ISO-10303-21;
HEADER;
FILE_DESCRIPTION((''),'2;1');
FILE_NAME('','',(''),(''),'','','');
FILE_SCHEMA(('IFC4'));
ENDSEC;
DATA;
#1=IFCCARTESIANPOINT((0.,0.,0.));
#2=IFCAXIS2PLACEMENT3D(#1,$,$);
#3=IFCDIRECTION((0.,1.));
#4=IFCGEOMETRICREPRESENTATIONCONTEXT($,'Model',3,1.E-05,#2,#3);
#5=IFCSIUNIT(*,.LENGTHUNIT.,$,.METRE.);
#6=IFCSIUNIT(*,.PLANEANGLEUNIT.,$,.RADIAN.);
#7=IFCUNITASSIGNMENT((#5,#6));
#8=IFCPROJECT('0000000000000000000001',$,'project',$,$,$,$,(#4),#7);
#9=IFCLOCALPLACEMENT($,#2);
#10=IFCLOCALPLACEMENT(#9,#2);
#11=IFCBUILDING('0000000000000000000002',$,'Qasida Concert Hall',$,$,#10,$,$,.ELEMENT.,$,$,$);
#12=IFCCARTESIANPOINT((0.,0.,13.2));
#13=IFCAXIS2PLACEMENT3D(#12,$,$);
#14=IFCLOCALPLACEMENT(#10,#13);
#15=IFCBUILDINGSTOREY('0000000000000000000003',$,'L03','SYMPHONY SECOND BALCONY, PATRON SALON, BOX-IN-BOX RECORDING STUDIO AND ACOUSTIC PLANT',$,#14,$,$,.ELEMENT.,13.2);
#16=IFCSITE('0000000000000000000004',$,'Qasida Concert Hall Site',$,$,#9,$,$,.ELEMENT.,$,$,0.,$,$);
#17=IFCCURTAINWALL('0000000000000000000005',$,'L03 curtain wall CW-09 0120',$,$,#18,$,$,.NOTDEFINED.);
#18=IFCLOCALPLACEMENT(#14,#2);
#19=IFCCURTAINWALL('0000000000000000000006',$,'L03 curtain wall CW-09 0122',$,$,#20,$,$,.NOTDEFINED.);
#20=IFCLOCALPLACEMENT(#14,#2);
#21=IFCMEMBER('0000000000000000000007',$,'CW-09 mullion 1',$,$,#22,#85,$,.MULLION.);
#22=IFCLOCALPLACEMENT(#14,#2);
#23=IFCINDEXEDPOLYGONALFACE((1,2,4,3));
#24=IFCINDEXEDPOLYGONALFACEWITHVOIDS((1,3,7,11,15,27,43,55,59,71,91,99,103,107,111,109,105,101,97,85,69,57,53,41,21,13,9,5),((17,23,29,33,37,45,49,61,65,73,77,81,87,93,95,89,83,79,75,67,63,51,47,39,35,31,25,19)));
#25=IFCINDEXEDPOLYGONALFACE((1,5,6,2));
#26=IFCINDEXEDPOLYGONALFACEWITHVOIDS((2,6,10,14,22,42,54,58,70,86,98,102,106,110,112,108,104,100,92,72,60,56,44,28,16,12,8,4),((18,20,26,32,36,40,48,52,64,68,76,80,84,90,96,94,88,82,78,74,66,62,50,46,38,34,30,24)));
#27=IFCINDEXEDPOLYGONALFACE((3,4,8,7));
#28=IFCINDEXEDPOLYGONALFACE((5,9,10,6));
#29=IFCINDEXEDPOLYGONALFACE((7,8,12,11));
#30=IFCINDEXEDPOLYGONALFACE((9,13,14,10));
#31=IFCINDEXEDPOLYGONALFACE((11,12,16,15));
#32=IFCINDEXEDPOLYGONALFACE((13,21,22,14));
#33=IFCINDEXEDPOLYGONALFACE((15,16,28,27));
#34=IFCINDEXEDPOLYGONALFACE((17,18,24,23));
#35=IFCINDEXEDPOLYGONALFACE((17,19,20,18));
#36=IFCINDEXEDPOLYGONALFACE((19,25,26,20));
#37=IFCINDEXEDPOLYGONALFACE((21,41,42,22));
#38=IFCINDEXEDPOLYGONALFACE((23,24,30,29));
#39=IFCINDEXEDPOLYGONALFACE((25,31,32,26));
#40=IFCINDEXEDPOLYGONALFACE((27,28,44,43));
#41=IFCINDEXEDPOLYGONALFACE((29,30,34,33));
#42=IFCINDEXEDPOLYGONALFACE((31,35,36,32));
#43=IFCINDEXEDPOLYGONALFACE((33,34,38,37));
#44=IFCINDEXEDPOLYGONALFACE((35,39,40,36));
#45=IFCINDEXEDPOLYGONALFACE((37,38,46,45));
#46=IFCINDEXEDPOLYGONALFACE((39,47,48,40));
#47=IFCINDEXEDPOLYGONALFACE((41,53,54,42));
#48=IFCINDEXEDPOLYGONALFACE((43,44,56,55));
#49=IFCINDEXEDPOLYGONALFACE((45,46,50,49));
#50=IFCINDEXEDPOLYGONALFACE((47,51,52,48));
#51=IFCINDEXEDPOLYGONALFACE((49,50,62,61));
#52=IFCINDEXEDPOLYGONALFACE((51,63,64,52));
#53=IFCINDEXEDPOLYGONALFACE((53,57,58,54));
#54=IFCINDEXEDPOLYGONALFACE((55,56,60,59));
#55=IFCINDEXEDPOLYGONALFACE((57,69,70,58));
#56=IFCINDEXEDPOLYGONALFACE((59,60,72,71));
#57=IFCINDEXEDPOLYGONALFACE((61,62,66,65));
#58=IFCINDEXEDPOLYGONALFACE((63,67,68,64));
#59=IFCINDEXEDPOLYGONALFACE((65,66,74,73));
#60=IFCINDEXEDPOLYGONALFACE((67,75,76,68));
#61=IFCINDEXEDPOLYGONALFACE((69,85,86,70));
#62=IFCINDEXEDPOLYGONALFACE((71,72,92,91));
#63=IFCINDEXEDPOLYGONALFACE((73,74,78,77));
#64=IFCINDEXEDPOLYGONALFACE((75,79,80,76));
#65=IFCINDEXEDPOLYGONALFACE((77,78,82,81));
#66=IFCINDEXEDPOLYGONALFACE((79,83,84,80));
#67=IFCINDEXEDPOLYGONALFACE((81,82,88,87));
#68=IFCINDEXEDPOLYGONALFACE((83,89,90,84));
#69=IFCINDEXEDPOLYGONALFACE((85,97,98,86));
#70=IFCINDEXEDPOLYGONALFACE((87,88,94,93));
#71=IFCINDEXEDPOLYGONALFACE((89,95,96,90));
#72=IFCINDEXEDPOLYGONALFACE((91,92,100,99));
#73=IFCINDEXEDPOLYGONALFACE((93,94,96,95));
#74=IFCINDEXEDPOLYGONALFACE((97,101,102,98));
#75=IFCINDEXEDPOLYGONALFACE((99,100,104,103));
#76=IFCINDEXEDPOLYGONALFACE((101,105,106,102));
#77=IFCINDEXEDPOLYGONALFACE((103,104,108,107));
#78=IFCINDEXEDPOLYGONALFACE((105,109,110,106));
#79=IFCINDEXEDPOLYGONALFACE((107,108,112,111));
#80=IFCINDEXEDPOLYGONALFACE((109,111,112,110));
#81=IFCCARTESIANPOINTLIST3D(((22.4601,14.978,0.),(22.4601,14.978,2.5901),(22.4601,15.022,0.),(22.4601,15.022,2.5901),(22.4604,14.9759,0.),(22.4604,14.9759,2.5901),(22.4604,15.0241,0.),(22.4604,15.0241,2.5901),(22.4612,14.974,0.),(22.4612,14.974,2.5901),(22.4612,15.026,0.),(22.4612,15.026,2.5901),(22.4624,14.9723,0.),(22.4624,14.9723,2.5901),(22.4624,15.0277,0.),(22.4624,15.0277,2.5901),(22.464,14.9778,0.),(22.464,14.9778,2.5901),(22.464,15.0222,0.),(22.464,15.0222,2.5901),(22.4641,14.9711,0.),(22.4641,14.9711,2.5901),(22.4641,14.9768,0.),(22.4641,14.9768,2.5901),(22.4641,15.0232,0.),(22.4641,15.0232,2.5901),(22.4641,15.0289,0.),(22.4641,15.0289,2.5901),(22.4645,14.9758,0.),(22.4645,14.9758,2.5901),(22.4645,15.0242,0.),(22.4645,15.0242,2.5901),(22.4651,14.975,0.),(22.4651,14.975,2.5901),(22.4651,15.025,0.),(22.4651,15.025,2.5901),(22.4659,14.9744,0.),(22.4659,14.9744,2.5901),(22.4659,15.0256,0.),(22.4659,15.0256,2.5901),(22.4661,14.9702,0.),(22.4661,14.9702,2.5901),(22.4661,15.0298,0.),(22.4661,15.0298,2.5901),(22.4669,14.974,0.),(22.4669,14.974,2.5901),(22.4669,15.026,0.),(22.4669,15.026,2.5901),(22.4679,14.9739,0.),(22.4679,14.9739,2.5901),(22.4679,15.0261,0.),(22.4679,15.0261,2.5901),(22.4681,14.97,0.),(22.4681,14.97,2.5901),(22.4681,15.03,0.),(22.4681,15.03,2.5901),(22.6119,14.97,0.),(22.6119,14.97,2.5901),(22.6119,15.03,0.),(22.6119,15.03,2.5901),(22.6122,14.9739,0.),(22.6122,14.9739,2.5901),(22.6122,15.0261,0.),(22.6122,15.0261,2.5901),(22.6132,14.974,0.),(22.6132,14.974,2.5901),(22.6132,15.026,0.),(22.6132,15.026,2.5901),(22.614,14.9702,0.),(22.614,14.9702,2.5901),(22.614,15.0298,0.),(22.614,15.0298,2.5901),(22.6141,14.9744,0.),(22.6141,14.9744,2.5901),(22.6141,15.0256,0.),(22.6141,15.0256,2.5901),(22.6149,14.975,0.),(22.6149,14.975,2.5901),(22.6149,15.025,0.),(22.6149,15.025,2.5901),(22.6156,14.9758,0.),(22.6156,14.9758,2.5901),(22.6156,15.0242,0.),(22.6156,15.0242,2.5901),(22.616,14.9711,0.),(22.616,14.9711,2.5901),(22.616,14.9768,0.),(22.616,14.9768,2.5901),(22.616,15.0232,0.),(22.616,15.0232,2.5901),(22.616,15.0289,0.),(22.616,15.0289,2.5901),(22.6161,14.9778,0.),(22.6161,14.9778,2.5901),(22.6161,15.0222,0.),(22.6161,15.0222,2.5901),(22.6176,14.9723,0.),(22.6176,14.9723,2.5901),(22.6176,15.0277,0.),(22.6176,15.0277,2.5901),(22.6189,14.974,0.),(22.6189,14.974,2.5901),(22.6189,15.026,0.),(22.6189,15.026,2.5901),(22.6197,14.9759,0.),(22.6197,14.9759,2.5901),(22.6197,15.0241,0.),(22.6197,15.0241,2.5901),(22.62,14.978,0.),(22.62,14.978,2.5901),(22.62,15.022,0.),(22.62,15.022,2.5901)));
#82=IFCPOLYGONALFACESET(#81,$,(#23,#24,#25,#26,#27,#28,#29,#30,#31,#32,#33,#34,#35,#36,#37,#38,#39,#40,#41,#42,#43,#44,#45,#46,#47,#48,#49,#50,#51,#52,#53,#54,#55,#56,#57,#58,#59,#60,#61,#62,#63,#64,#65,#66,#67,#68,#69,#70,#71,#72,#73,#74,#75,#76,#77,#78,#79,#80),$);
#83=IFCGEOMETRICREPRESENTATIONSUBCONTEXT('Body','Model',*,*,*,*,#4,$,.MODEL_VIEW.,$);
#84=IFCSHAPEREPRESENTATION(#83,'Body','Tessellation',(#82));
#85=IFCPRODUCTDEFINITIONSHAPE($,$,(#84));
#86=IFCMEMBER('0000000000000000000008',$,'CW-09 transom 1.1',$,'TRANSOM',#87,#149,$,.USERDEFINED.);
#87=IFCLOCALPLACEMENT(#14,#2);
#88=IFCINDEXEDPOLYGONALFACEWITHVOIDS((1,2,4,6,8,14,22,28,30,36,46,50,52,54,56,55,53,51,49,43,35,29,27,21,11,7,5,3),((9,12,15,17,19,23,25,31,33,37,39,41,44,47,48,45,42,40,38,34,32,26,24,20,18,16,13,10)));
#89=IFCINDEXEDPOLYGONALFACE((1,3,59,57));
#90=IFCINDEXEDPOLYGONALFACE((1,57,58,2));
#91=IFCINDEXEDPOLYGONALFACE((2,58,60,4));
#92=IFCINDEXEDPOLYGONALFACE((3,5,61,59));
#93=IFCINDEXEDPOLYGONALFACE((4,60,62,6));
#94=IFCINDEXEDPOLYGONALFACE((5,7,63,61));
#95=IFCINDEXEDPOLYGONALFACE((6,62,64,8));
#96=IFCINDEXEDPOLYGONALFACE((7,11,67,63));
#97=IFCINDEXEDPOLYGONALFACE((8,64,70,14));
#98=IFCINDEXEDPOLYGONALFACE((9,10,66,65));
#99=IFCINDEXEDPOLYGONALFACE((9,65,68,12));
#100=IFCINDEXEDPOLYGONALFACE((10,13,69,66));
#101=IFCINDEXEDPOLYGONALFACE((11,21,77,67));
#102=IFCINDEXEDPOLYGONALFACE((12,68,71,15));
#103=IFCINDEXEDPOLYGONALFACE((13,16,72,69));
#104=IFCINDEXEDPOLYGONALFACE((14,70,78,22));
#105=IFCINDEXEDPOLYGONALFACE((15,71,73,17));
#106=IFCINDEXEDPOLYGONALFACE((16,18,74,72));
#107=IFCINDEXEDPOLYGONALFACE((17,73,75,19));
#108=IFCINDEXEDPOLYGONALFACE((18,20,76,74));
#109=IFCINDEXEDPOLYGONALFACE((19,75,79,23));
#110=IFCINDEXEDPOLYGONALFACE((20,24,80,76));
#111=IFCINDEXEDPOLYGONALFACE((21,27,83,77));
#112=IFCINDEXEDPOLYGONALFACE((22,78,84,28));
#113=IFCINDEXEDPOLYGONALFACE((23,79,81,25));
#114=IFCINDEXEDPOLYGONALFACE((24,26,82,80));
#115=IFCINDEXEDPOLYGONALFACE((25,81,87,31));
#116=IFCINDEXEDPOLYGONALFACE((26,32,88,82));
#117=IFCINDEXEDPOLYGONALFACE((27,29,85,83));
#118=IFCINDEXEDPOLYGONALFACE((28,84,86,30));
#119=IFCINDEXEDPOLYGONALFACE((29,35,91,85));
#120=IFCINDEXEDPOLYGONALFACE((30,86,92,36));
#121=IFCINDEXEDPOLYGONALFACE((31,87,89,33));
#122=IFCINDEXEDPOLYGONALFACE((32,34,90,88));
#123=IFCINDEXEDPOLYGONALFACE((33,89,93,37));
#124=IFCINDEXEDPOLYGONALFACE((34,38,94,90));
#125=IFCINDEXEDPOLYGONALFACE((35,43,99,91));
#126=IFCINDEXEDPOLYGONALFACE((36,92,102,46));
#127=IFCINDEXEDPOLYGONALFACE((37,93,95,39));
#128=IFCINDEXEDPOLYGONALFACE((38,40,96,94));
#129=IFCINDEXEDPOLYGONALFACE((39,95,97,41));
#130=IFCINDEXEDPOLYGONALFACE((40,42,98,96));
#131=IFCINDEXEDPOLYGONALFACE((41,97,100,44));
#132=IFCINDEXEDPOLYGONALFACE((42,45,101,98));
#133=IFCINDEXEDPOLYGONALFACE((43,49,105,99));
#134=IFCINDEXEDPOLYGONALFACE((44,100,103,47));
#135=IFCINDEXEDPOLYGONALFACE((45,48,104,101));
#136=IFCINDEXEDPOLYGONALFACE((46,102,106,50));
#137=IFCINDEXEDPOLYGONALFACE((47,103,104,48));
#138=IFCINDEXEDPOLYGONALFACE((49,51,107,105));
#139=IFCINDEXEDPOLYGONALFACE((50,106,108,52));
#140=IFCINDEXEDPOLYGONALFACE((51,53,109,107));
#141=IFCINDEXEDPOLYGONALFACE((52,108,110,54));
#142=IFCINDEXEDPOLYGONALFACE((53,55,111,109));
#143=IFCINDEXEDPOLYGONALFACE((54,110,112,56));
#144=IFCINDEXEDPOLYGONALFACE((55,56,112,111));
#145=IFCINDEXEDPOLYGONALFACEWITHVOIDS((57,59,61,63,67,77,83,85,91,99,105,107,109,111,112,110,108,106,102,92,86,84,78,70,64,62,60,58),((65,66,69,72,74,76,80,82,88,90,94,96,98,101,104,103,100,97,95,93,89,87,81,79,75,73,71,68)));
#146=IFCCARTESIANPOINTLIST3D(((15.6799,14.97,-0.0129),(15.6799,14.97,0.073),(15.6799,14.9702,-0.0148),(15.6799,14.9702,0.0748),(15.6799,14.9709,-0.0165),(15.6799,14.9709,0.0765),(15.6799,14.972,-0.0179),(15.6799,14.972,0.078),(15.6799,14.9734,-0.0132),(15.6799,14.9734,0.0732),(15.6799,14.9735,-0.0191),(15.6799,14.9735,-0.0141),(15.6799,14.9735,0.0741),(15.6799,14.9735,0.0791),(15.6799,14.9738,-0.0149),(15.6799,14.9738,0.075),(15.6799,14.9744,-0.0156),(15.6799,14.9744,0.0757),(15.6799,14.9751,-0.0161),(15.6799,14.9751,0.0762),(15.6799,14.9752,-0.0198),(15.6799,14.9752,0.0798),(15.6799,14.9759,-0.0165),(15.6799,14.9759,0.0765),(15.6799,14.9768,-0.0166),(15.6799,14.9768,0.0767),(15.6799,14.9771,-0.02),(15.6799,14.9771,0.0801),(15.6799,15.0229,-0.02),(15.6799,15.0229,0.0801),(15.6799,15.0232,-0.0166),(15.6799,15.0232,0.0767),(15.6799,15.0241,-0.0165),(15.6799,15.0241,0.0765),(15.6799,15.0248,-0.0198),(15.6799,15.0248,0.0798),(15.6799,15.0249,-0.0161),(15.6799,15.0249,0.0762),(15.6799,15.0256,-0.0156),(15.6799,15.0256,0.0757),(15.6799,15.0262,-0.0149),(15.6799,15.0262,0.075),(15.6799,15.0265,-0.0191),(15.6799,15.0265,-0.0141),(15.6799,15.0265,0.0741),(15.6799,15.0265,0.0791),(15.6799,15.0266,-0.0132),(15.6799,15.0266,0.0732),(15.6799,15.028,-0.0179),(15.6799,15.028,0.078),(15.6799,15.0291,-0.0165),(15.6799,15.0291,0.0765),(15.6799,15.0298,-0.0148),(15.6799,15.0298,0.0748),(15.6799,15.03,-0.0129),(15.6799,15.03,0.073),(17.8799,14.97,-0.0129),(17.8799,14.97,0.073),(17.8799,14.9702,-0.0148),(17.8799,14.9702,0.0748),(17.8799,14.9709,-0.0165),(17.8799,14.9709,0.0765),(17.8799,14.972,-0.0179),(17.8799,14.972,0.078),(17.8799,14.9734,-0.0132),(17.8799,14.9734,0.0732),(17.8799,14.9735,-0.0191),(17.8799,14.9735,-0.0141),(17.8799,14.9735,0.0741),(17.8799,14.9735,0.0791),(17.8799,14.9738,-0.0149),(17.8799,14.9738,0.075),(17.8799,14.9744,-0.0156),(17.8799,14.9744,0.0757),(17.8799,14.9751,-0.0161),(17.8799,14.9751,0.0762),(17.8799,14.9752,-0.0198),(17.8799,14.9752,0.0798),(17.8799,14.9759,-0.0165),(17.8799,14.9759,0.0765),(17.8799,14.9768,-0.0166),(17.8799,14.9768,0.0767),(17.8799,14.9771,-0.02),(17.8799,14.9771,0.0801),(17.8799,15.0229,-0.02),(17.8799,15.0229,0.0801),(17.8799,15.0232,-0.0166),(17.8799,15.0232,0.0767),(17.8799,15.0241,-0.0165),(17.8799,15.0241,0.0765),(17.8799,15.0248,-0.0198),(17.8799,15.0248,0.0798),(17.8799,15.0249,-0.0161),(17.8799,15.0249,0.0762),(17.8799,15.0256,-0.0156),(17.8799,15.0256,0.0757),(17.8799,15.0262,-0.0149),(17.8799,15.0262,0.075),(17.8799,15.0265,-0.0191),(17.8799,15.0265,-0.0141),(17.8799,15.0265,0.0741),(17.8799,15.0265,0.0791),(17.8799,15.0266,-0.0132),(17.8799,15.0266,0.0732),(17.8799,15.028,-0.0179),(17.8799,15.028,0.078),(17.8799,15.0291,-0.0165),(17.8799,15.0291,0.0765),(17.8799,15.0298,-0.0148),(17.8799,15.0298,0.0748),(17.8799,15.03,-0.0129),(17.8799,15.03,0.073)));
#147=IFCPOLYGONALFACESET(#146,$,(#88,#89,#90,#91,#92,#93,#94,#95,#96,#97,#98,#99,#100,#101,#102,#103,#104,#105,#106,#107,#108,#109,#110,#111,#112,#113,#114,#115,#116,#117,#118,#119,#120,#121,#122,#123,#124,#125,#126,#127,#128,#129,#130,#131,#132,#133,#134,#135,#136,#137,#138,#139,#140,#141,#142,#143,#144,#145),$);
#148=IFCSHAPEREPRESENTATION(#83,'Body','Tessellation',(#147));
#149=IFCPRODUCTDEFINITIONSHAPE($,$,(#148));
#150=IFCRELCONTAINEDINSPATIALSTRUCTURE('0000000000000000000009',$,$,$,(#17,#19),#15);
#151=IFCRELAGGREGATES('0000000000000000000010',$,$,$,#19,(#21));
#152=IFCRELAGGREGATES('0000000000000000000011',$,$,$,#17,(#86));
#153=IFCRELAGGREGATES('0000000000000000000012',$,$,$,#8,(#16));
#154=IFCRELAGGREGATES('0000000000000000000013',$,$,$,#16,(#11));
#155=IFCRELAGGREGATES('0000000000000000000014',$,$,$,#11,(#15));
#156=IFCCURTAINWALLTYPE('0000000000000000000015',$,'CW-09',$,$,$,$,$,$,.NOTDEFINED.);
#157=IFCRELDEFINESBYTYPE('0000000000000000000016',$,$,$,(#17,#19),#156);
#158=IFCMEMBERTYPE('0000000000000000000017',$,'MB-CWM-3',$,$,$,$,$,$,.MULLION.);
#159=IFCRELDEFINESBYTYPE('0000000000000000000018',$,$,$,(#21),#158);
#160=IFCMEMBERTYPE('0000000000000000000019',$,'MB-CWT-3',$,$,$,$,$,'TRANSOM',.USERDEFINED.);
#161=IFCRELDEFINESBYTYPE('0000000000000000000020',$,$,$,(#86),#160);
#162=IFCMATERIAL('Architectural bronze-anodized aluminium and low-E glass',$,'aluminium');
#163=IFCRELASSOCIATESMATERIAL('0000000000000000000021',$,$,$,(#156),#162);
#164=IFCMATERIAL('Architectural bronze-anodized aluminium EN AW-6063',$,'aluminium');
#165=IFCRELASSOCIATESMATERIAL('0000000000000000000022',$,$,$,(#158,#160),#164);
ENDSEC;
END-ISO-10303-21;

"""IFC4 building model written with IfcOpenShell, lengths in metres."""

from ifc_helpers import new_model, si_unit, direction, frame, origin, origin_2d, place, context, subcontext, project, spatial, hollow_rectangle, extrude, material, material_profile, profile_set, type_object, element, aggregate, save


model = new_model("IFC4")

# Units and contexts
model_context = context("Model", 3, precision=1e-05, world=origin(), true_north=direction((0.0, 1.0)))
body_context = subcontext(model_context, "Body", "Model", "MODEL_VIEW")
ifc_project = project(units=[si_unit("LENGTHUNIT", "METRE"), si_unit("PLANEANGLEUNIT", "RADIAN")], contexts=[model_context])

# Site, building, storey
site_placement = place(None, origin())
site = spatial("IfcSite", under=ifc_project, at=site_placement, Name="Qasida Concert Hall Site", CompositionType="ELEMENT", RefElevation=0.0)
building_placement = place(site_placement, origin())
building = spatial("IfcBuilding", under=site, at=building_placement, Name="Qasida Concert Hall", CompositionType="ELEMENT")
storey_placement = place(building_placement, frame((0.0, 0.0, 13.2)))
storey = spatial("IfcBuildingStorey", under=building, at=storey_placement, Name="L03", Description="SYMPHONY SECOND BALCONY, PATRON SALON, BOX-IN-BOX RECORDING STUDIO AND ACOUSTIC PLANT", CompositionType="ELEMENT", Elevation=13.2)

# Curtain wall
ifc_material_1 = material(Name="Architectural bronze-anodized aluminium and low-E glass", Category="aluminium")
curtain_wall_type = type_object("IfcCurtainWallType", Name="CW-09", PredefinedType="NOTDEFINED", material=ifc_material_1)
curtain_wall_1_placement = place(storey_placement, origin())
curtain_wall_1 = element("IfcCurtainWall", 1, at=curtain_wall_1_placement, inside=storey, type_object=curtain_wall_type, Name="L03 curtain wall CW-09 0120", PredefinedType="NOTDEFINED")
ifc_material_2 = material(Name="Architectural bronze-anodized aluminium EN AW-6063", Category="aluminium")
ifc_material_profile_1 = material_profile(ifc_material_2, hollow_rectangle(XDim=0.0601, YDim=0.1599, WallThickness=0.0039, InnerFilletRadius=0.0039, OuterFilletRadius=0.0081, at=origin_2d()), Name="CWM 160x60x4")
ifc_profile_set_1 = profile_set([ifc_material_profile_1], Name="Architectural bronze-anodized aluminium EN AW-6063")
member_type_1 = type_object("IfcMemberType", Name="MB-CWM-3", PredefinedType="MULLION", material=ifc_profile_set_1)

# Curtain wall, member
curtain_wall_2_placement = place(storey_placement, origin())
curtain_wall_2 = element("IfcCurtainWall", 2, at=curtain_wall_2_placement, inside=storey, type_object=curtain_wall_type, Name="L03 curtain wall CW-09 0122", PredefinedType="NOTDEFINED")
member_1_placement = place(storey_placement, frame((22.54, 15.0, 0.0), z_axis=(0.0, 0.0, 1.0), x_axis=(0.0, 1.0, 0.0)))
member_1 = element("IfcMember", 3, at=member_1_placement, type_object=member_type_1, Name="CW-09 mullion 1", PredefinedType="MULLION", context=body_context, shape_type="SweptSolid", body=[
    extrude(hollow_rectangle(XDim=0.0601, YDim=0.1599, WallThickness=0.0039, InnerFilletRadius=0.0039, OuterFilletRadius=0.0081, at=origin_2d()), origin(), (0.0, 0.0, 1.0), 2.5901),
])

# Member
ifc_material_profile_2 = material_profile(ifc_material_2, hollow_rectangle(XDim=0.0601, YDim=0.1001, WallThickness=0.0034, InnerFilletRadius=0.0034, OuterFilletRadius=0.0071, at=origin_2d()), Name="CWT 100x60x3.5")
ifc_profile_set_2 = profile_set([ifc_material_profile_2], Name="Architectural bronze-anodized aluminium EN AW-6063")
member_type_2 = type_object("IfcMemberType", Name="MB-CWT-3", ElementType="TRANSOM", PredefinedType="USERDEFINED", material=ifc_profile_set_2)
member_2_placement = place(storey_placement, frame((15.6799, 15.0, 0.03), z_axis=(1.0, 0.0, 0.0), x_axis=(0.0, 1.0, 0.0)))
member_2 = element("IfcMember", 4, at=member_2_placement, type_object=member_type_2, Name="CW-09 transom 1.1", ObjectType="TRANSOM", PredefinedType="USERDEFINED", context=body_context, shape_type="SweptSolid", body=[
    extrude(hollow_rectangle(XDim=0.0601, YDim=0.1001, WallThickness=0.0034, InnerFilletRadius=0.0034, OuterFilletRadius=0.0071, at=origin_2d()), origin(), (0.0, 0.0, 1.0), 2.2),
])
aggregate(curtain_wall_2, [member_1])

aggregate(curtain_wall_1, [member_2])

save(model, "model.ifc")
